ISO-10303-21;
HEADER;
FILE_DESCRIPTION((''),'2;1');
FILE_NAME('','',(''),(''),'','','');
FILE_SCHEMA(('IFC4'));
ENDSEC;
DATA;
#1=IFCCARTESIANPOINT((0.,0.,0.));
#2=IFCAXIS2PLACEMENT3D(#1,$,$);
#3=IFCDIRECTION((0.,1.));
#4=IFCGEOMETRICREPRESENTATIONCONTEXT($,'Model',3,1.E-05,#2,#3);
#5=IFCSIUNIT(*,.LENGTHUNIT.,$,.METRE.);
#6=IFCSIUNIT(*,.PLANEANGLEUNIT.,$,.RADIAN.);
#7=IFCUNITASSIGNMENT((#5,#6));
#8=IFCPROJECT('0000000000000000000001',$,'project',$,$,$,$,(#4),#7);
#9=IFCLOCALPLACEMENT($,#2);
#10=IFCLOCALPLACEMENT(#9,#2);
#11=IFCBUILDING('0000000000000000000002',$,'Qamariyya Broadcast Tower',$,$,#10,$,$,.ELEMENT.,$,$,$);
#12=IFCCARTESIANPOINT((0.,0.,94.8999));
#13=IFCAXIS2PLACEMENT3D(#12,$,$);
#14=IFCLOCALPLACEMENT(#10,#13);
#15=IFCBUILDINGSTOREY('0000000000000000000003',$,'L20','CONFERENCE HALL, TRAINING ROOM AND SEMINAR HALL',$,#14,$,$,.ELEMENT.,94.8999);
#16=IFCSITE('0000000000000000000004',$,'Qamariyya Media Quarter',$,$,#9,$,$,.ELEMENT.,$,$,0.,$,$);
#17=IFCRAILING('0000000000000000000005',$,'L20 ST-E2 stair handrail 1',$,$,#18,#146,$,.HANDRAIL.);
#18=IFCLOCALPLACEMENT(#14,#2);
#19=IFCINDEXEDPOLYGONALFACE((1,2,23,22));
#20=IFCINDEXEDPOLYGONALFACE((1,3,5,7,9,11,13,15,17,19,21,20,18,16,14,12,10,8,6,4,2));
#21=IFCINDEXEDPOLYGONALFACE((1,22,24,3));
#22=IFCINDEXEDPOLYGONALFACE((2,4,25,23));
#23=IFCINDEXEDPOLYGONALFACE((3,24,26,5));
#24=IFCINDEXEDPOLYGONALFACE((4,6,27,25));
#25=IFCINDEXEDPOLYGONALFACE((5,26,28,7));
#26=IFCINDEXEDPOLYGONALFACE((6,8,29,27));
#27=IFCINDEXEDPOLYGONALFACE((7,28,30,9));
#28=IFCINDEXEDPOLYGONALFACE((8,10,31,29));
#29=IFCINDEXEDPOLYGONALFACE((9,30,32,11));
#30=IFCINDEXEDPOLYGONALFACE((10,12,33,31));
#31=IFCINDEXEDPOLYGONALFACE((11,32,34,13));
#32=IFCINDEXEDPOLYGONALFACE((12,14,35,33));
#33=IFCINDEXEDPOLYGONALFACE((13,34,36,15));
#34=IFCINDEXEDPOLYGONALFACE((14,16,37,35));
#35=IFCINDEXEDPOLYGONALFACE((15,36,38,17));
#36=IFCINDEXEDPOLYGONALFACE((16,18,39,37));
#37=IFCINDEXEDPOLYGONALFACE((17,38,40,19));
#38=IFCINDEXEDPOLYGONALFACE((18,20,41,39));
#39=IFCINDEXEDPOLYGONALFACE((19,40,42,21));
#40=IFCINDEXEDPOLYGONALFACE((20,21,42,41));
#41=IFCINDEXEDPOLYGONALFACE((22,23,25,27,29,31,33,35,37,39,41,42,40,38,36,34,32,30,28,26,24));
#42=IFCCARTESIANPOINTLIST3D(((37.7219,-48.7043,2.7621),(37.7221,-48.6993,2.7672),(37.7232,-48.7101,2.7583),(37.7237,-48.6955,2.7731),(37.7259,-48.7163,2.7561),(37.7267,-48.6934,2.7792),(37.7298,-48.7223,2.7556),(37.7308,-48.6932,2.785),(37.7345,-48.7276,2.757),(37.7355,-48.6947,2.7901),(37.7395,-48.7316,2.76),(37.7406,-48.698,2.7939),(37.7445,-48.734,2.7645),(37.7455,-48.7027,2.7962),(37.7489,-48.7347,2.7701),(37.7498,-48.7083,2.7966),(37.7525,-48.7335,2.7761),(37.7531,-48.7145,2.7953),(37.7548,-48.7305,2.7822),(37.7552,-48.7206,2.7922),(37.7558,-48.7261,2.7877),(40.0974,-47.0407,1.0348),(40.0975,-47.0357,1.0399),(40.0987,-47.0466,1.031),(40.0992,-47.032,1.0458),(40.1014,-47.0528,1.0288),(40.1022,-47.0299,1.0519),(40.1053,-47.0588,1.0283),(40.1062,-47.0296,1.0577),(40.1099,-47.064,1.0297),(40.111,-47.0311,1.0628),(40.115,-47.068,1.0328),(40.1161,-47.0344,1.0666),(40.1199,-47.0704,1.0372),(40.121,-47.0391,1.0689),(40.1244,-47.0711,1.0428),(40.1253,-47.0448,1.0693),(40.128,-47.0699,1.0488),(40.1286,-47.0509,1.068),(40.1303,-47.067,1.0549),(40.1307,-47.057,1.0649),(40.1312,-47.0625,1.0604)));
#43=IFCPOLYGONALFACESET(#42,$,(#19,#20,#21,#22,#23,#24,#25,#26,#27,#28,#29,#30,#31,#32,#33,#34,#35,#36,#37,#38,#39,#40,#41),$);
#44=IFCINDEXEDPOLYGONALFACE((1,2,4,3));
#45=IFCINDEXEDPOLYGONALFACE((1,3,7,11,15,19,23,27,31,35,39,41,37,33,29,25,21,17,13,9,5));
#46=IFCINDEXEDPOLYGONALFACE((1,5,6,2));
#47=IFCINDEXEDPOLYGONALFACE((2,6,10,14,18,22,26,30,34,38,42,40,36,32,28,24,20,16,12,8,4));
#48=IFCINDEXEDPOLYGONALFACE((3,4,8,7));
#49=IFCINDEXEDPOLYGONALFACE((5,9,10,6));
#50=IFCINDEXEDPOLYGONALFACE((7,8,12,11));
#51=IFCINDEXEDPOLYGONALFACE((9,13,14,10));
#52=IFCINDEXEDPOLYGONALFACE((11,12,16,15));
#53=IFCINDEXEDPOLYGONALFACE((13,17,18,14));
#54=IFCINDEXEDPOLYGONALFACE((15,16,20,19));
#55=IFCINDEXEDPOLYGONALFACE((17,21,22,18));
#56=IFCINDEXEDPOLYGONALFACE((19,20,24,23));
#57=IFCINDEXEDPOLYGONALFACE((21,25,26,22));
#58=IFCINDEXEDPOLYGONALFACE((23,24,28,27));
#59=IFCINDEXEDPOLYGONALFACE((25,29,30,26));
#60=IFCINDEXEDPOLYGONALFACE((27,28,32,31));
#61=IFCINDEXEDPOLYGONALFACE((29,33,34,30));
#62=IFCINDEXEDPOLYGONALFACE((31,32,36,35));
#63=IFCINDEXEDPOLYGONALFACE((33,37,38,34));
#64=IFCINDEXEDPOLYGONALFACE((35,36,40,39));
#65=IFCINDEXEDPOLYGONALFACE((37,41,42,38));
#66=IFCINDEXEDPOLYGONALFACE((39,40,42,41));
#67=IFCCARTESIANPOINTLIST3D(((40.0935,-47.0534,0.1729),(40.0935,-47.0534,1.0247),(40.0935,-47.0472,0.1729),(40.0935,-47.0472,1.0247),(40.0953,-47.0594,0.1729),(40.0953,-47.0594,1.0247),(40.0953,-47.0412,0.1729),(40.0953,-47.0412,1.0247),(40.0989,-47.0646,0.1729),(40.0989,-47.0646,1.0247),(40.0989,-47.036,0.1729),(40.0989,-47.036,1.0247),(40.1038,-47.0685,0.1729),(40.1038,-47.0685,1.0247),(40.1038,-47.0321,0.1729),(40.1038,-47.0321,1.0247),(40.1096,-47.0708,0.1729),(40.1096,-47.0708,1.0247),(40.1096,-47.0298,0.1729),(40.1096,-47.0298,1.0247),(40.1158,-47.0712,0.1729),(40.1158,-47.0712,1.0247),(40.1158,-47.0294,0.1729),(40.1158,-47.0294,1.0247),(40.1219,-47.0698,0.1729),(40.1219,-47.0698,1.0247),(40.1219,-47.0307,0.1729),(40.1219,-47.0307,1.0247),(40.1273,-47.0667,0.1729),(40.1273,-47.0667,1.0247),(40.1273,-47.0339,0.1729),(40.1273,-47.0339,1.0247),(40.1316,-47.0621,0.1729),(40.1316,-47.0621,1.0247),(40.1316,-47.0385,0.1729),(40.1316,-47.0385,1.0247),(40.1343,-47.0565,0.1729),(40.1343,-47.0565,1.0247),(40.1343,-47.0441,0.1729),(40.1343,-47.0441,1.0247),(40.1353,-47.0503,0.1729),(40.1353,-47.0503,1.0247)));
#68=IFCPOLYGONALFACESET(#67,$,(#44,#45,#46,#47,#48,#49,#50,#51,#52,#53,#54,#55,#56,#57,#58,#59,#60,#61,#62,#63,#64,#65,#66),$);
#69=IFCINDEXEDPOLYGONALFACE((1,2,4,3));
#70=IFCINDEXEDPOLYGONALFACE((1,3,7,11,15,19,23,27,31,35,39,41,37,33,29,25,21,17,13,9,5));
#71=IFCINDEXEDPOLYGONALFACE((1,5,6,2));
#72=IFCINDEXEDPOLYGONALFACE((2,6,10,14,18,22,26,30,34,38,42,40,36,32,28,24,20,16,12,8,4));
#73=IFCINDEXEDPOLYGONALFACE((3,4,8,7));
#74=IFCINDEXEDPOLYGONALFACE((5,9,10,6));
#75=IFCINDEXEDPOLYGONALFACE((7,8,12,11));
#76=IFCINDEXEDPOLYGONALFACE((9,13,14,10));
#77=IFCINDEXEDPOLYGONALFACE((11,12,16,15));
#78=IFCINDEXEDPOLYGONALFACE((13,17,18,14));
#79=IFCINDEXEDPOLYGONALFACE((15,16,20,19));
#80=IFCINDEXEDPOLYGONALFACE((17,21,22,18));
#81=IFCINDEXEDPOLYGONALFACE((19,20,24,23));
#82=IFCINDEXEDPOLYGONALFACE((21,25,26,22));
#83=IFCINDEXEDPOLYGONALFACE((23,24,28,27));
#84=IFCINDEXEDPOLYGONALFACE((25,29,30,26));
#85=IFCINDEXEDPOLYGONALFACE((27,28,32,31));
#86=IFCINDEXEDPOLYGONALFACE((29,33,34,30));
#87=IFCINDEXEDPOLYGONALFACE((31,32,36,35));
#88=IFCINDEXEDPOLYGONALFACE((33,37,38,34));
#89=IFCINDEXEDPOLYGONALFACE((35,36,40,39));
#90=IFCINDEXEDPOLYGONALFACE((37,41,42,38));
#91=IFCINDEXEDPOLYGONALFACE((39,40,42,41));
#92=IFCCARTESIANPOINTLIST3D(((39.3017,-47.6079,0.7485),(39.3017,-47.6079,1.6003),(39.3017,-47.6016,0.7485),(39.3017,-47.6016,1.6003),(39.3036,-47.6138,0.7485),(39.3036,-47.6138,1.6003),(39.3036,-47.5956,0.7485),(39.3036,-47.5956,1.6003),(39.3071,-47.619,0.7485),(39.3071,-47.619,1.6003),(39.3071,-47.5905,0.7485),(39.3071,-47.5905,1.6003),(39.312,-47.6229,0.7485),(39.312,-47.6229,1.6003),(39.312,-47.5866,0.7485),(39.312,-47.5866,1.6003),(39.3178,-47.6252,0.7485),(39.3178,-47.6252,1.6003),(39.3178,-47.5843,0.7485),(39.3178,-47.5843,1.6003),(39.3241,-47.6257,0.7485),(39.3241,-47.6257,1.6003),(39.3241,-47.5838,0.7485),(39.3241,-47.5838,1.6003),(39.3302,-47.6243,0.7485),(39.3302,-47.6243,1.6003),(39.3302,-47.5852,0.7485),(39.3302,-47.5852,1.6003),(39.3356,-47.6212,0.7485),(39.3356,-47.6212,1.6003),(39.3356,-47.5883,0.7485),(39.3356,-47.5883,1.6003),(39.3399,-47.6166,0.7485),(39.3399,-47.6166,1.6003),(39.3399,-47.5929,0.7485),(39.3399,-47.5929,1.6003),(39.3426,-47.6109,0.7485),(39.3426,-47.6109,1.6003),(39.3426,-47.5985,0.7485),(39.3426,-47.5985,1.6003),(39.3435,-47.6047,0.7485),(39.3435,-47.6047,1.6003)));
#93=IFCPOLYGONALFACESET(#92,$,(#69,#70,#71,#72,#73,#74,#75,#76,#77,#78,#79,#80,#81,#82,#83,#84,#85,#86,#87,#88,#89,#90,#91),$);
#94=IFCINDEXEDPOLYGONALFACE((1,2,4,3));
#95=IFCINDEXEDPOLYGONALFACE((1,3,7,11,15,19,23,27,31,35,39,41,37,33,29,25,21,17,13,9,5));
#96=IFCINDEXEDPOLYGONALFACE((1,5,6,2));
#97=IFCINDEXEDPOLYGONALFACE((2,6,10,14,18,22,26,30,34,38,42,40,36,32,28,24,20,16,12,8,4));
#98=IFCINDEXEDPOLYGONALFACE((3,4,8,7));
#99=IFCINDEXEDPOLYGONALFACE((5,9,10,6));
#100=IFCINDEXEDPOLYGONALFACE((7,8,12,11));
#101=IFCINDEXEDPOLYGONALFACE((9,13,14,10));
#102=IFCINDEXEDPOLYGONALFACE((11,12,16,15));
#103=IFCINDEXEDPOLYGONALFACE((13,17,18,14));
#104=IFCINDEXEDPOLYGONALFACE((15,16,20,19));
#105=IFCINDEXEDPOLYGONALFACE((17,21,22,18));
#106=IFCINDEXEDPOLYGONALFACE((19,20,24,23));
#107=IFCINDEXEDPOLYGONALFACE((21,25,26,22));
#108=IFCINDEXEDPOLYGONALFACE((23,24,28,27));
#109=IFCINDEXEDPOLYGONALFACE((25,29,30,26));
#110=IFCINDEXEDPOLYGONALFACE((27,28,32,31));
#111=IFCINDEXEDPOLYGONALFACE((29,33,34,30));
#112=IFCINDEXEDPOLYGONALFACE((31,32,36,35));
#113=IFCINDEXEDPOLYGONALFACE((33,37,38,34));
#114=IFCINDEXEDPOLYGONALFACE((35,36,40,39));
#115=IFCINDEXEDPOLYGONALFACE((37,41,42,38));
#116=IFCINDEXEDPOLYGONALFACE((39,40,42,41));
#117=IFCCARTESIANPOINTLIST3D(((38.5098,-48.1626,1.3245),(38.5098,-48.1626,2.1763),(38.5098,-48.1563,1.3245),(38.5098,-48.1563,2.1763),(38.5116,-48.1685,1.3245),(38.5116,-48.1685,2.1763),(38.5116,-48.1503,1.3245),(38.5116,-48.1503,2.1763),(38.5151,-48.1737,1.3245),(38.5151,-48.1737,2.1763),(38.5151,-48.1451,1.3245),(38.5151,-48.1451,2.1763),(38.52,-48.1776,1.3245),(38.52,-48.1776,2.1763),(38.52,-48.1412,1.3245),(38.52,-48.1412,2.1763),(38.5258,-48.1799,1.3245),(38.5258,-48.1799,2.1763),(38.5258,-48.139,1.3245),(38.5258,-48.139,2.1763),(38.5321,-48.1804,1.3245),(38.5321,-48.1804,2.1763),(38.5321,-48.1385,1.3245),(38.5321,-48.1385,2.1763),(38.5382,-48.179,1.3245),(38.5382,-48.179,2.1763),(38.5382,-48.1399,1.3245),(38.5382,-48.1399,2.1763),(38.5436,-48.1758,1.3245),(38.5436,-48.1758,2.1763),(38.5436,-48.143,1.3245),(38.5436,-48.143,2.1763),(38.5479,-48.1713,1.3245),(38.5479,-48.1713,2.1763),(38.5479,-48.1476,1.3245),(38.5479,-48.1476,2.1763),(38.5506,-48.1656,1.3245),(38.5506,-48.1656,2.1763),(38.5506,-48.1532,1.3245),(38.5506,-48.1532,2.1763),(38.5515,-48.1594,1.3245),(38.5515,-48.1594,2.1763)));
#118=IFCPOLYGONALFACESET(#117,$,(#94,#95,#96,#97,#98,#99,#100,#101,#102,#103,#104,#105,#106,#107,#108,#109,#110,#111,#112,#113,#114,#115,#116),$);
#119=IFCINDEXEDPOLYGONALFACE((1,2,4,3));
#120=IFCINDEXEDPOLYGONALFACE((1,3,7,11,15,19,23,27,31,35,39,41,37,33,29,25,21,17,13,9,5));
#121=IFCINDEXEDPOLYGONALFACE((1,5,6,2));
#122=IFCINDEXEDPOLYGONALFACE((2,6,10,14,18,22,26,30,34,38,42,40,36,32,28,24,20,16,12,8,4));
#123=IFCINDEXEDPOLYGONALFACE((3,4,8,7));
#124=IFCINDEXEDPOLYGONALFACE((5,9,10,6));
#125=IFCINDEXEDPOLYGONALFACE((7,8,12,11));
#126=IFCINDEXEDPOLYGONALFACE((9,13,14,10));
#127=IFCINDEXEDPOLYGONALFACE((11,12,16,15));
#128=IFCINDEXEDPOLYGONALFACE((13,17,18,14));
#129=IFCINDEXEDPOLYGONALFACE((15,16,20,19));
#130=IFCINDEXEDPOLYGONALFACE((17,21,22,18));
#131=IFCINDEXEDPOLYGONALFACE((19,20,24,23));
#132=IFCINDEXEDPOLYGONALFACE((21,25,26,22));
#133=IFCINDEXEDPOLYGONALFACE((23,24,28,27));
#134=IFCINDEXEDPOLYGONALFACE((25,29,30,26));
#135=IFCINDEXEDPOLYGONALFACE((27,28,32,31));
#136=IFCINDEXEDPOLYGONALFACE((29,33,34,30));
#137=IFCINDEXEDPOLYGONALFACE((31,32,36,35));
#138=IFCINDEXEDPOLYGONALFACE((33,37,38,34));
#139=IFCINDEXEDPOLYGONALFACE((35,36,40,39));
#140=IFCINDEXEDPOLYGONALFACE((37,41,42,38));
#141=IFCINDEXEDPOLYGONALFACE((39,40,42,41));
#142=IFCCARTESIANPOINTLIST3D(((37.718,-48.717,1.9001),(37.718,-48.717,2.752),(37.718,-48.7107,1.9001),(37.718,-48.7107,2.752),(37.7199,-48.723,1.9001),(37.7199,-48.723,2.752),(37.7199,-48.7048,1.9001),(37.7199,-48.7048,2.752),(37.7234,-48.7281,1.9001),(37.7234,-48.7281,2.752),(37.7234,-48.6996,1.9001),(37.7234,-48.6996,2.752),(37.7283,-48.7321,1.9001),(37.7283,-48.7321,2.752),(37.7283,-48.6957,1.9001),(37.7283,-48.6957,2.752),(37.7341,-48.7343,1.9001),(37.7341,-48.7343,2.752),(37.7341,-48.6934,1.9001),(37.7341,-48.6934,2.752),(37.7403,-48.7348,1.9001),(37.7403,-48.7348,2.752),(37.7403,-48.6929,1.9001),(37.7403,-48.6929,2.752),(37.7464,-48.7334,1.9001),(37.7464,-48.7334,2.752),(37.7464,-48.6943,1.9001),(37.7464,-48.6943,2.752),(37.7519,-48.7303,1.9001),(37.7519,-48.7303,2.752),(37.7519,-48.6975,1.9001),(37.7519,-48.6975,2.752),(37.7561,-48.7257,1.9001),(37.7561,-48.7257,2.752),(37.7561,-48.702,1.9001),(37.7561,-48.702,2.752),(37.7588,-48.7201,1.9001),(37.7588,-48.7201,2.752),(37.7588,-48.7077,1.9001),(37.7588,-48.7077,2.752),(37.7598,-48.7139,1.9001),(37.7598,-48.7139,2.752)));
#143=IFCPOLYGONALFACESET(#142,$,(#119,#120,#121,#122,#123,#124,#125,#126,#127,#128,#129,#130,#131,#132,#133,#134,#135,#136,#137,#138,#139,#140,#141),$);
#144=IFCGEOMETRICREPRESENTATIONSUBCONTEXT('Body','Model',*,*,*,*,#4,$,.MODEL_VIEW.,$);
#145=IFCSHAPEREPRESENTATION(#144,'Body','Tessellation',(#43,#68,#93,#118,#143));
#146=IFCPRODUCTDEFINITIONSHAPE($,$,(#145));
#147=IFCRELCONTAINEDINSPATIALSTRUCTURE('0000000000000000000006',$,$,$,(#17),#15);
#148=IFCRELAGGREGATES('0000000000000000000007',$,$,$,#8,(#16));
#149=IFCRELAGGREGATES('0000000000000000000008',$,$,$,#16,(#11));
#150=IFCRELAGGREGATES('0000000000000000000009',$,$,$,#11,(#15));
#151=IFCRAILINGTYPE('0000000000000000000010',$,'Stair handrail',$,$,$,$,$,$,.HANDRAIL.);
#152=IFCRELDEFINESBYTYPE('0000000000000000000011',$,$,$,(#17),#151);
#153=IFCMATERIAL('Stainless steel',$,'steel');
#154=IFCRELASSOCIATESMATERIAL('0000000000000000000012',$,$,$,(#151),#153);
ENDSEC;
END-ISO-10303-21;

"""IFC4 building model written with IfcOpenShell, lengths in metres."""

from ifc_helpers import new_model, si_unit, direction, frame, origin, origin_2d, place, context, subcontext, project, spatial, circle, extrude, material, type_object, element, save


model = new_model("IFC4")

# Units and contexts
model_context = context("Model", 3, precision=1e-05, world=origin(), true_north=direction((0.0, 1.0)))
body_context = subcontext(model_context, "Body", "Model", "MODEL_VIEW")
ifc_project = project(units=[si_unit("LENGTHUNIT", "METRE"), si_unit("PLANEANGLEUNIT", "RADIAN")], contexts=[model_context])

# Site, building, storey
site_placement = place(None, origin())
site = spatial("IfcSite", under=ifc_project, at=site_placement, Name="Qamariyya Media Quarter", CompositionType="ELEMENT", RefElevation=0.0)
building_placement = place(site_placement, origin())
building = spatial("IfcBuilding", under=site, at=building_placement, Name="Qamariyya Broadcast Tower", CompositionType="ELEMENT")
storey_placement = place(building_placement, frame((0.0, 0.0, 94.8999)))
storey = spatial("IfcBuildingStorey", under=building, at=storey_placement, Name="L20", Description="CONFERENCE HALL, TRAINING ROOM AND SEMINAR HALL", CompositionType="ELEMENT", Elevation=94.8999)

# Railing
ifc_material_1 = material(Name="Stainless steel", Category="steel")
railing_type_1 = type_object("IfcRailingType", Name="Stair handrail", PredefinedType="HANDRAIL", material=ifc_material_1)
railing_1_placement = place(storey_placement, frame((40.1143, -47.0503, 0.1729)))
element("IfcRailing", 1, at=railing_1_placement, inside=storey, type_object=railing_type_1, Name="L20 ST-E2 stair handrail 1", PredefinedType="HANDRAIL", context=body_context, shape_type="SweptSolid", body=[
    extrude(circle(Radius=0.0239, at=origin_2d()), frame((0.0, 0.0, 0.876), z_axis=(-0.703745, -0.492838, 0.511716), x_axis=(0.573632, -0.819113, 0.0)), (0.0, 0.0, 1.0), 3.3755),
    extrude(circle(Radius=0.021, at=origin_2d()), origin(), (0.0, 0.0, 1.0), 0.8518),
    extrude(circle(Radius=0.021, at=origin_2d()), frame((-0.7917, -0.5544, 0.5757)), (0.0, 0.0, 1.0), 0.8518),
    extrude(circle(Radius=0.021, at=origin_2d()), frame((-1.5837, -1.1091, 1.1516)), (0.0, 0.0, 1.0), 0.8518),
    extrude(circle(Radius=0.021, at=origin_2d()), frame((-2.3755, -1.6636, 1.7273)), (0.0, 0.0, 1.0), 0.8518),
])

save(model, "model.ifc")
